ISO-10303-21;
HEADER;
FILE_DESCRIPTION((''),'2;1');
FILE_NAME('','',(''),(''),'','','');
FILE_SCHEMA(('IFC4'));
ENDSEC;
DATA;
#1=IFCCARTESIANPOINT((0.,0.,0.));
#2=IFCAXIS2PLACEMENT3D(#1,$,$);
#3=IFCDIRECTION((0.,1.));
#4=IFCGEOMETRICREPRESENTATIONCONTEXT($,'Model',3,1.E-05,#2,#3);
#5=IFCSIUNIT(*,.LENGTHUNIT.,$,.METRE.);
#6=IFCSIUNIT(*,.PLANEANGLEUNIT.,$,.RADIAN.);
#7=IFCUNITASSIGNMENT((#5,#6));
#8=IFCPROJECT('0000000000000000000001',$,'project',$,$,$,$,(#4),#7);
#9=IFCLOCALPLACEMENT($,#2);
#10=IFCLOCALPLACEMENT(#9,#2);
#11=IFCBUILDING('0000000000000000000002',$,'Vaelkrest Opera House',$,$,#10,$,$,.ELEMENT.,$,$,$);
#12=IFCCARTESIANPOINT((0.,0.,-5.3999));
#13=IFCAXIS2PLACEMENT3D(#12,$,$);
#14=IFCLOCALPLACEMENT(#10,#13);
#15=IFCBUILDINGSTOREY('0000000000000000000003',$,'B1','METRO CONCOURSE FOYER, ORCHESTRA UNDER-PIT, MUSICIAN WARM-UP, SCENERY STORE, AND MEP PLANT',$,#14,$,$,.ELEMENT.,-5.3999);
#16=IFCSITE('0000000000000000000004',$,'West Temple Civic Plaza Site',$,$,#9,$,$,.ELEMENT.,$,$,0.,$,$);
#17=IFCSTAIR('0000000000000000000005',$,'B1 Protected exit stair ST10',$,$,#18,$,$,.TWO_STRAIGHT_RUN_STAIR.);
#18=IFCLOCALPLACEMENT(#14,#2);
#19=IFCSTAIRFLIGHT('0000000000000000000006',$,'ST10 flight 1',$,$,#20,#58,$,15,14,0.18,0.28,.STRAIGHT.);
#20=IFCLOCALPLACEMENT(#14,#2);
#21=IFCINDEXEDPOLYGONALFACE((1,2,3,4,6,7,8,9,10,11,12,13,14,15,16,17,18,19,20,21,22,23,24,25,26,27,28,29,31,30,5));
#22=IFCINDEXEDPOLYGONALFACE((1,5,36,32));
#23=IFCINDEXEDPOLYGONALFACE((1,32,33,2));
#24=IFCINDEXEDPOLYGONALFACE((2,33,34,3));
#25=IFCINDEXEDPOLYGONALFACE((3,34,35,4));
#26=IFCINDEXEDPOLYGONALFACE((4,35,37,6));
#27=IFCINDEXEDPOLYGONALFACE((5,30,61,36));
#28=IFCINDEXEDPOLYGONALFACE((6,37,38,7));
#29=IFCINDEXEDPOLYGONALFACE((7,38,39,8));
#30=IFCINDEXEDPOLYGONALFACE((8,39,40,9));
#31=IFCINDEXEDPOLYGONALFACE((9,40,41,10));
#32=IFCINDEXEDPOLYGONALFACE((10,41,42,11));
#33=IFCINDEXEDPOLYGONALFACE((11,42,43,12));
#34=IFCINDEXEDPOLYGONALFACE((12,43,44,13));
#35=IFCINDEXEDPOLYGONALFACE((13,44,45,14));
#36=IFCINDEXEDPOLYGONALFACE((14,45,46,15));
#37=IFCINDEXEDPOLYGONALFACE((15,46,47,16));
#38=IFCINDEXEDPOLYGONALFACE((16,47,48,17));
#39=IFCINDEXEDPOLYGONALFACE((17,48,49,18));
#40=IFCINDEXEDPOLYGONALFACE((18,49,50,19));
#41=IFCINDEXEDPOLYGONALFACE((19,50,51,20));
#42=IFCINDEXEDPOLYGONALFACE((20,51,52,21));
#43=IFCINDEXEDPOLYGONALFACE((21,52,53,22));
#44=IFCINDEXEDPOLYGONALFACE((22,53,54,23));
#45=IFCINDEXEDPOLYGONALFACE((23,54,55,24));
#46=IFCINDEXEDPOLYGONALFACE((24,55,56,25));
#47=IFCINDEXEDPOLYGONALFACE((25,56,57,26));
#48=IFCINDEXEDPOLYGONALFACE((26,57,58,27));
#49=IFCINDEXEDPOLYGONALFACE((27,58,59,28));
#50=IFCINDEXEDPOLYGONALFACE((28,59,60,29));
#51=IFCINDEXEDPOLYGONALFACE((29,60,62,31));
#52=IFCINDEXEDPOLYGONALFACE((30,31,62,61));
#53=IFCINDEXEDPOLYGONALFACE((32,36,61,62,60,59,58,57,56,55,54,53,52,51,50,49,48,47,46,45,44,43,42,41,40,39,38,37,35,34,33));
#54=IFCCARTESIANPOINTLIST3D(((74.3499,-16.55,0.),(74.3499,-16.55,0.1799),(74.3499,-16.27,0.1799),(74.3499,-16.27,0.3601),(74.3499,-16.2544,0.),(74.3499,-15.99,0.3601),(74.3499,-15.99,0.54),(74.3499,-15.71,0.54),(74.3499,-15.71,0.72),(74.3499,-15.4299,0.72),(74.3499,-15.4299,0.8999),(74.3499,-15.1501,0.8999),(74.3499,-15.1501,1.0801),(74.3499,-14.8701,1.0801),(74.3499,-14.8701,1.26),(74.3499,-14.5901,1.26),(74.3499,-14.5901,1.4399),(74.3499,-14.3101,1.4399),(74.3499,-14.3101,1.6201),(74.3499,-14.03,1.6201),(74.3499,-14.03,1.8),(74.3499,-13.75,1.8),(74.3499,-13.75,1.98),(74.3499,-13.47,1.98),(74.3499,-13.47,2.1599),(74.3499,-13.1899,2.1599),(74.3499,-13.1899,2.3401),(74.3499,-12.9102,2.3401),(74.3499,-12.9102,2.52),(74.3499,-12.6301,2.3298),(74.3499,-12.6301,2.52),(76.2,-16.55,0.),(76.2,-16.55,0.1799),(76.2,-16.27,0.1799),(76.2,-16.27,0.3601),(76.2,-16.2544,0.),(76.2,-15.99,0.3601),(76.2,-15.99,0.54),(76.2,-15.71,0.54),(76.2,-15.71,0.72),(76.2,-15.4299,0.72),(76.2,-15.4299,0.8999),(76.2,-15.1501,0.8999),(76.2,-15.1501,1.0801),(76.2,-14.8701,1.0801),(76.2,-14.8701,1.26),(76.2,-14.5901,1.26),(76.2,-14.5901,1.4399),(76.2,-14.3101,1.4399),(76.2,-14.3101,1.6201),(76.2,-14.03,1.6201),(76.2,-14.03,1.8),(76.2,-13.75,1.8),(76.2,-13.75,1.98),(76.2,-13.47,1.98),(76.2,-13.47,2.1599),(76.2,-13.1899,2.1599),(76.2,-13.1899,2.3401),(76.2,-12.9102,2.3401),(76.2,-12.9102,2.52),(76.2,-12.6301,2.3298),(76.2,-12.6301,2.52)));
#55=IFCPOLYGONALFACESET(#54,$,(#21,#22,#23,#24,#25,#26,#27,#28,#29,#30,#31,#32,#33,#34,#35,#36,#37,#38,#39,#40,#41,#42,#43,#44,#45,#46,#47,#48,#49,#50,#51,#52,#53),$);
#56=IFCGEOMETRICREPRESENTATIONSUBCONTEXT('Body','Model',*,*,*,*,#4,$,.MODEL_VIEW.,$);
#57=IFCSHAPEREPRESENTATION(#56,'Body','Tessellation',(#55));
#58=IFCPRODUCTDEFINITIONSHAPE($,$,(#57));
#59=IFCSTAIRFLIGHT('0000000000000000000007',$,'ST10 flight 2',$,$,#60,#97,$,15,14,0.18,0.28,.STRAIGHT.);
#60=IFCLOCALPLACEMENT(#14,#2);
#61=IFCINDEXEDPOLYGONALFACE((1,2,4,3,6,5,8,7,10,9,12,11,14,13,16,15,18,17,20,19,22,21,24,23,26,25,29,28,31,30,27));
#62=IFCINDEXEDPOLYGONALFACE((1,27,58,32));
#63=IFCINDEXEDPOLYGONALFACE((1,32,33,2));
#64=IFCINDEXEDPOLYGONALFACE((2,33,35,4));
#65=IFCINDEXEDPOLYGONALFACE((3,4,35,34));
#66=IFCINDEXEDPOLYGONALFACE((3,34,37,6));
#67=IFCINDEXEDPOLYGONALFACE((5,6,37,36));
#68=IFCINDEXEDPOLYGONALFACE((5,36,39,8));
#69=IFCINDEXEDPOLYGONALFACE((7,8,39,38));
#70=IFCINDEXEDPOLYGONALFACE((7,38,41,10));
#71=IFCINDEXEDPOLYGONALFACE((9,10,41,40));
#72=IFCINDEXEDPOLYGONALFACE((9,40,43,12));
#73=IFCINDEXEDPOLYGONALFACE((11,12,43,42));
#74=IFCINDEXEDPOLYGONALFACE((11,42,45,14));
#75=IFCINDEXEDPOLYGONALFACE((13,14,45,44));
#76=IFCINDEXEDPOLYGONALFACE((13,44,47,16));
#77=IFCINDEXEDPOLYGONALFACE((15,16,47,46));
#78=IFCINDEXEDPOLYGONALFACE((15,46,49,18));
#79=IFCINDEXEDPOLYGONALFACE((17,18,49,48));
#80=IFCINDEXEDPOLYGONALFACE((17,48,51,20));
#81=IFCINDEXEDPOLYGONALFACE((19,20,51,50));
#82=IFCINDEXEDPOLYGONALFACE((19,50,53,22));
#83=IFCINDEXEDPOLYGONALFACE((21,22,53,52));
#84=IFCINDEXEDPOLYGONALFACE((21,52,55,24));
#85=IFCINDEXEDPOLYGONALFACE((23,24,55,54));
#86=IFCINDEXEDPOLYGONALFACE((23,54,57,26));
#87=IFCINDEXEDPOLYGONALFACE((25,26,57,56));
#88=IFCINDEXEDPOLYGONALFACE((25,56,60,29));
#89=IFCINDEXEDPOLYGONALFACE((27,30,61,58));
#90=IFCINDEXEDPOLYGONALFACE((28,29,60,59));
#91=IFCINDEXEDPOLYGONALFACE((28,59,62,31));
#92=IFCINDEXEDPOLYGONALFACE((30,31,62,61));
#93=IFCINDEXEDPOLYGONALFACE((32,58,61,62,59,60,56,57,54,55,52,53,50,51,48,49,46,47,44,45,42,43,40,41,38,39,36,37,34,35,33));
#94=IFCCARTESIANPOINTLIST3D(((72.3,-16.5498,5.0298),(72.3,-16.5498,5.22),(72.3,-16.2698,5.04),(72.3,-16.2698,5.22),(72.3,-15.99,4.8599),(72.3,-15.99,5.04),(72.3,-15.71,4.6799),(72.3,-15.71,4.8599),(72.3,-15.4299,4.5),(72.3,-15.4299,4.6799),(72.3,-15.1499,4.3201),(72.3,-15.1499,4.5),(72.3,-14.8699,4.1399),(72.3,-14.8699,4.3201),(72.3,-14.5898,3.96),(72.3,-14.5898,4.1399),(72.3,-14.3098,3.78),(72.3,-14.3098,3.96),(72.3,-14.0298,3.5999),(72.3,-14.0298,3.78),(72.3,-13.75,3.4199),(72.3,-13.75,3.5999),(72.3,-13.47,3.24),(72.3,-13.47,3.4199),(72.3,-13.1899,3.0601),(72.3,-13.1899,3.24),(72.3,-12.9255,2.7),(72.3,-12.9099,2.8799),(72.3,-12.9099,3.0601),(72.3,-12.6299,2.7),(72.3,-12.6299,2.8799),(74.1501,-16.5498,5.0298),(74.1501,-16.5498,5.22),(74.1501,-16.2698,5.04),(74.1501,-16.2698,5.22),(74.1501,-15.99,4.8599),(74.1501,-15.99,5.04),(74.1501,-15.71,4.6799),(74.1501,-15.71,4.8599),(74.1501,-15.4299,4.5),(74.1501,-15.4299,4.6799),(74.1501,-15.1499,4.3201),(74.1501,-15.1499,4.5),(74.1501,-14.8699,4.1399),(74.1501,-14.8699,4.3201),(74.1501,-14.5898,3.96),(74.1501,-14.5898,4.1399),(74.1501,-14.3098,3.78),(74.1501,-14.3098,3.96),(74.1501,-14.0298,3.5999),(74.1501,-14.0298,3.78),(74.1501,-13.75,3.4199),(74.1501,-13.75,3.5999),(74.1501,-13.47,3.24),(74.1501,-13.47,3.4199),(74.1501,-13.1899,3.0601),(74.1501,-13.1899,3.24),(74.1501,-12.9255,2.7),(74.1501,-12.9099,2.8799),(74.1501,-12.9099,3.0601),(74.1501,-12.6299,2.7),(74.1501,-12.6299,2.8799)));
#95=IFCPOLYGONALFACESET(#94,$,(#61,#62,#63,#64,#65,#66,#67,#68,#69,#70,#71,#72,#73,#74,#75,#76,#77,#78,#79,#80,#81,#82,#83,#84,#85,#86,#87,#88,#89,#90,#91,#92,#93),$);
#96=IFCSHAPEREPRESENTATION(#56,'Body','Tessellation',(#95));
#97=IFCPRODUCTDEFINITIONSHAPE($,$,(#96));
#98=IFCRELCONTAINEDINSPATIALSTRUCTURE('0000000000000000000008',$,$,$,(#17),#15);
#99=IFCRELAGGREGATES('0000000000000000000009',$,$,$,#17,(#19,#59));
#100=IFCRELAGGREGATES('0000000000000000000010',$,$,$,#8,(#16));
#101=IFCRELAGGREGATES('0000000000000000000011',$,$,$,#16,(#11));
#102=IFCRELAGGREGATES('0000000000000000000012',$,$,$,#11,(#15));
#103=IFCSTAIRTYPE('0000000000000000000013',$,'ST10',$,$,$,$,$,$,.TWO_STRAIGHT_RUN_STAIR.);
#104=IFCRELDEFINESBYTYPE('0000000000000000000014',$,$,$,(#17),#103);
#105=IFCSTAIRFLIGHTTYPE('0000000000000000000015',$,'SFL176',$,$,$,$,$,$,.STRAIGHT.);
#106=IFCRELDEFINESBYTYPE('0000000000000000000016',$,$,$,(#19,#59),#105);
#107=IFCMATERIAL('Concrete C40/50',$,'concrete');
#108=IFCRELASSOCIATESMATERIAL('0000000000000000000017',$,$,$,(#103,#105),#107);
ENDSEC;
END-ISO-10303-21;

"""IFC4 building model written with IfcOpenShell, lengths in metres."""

from ifc_helpers import new_model, si_unit, direction, frame, origin, place, context, subcontext, project, spatial, polyline, outline, extrude, material, type_object, element, aggregate, save


model = new_model("IFC4")

# Units and contexts
model_context = context("Model", 3, precision=1e-05, world=origin(), true_north=direction((0.0, 1.0)))
body_context = subcontext(model_context, "Body", "Model", "MODEL_VIEW")
ifc_project = project(units=[si_unit("LENGTHUNIT", "METRE"), si_unit("PLANEANGLEUNIT", "RADIAN")], contexts=[model_context])

# Site, building, storey
site_placement = place(None, origin())
site = spatial("IfcSite", under=ifc_project, at=site_placement, Name="West Temple Civic Plaza Site", CompositionType="ELEMENT", RefElevation=0.0)
building_placement = place(site_placement, origin())
building = spatial("IfcBuilding", under=site, at=building_placement, Name="Vaelkrest Opera House", CompositionType="ELEMENT")
storey_placement = place(building_placement, frame((0.0, 0.0, -5.3999)))
storey = spatial("IfcBuildingStorey", under=building, at=storey_placement, Name="B1", Description="METRO CONCOURSE FOYER, ORCHESTRA UNDER-PIT, MUSICIAN WARM-UP, SCENERY STORE, AND MEP PLANT", CompositionType="ELEMENT", Elevation=-5.3999)

# Shared definitions
ifc_material_1 = material(Name="Concrete C40/50", Category="concrete")

# Stair, stair flights
stair_type = type_object("IfcStairType", Name="ST10", PredefinedType="TWO_STRAIGHT_RUN_STAIR", material=ifc_material_1)
stair_placement = place(storey_placement, origin())
stair = element("IfcStair", 1, at=stair_placement, inside=storey, type_object=stair_type, Name="B1 Protected exit stair ST10", PredefinedType="TWO_STRAIGHT_RUN_STAIR")
stair_flight_type = type_object("IfcStairFlightType", Name="SFL176", PredefinedType="STRAIGHT", material=ifc_material_1)
stair_flight_1_placement = place(storey_placement, frame((75.2749, -16.55, 0.0), z_axis=(0.0, 0.0, 1.0), x_axis=(0.0, 1.0, 0.0)))
stair_flight_1 = element("IfcStairFlight", 2, at=stair_flight_1_placement, type_object=stair_flight_type, Name="ST10 flight 1", NumberOfRisers=15, NumberOfTreads=14, PredefinedType="STRAIGHT", RiserHeight=0.18, TreadLength=0.28, context=body_context, shape_type="SweptSolid", body=[
    extrude(outline(polyline([(0.0, 0.0), (0.0, 0.1799), (0.28, 0.1799), (0.28, 0.3601), (0.5601, 0.3601), (0.5601, 0.54), (0.8401, 0.54), (0.8401, 0.72), (1.1201, 0.72), (1.1201, 0.8999), (1.3999, 0.8999), (1.3999, 1.0801), (1.6799, 1.0801), (1.6799, 1.26), (1.96, 1.26), (1.96, 1.4399), (2.24, 1.4399), (2.24, 1.6201), (2.52, 1.6201), (2.52, 1.8), (2.8, 1.8), (2.8, 1.98), (3.0801, 1.98), (3.0801, 2.1599), (3.3601, 2.1599), (3.3601, 2.3401), (3.6399, 2.3401), (3.6399, 2.52), (3.9199, 2.52), (3.9199, 2.7), (3.9199, 2.3298), (0.2957, 0.0), (0.0, 0.0)])), frame((0.0, 0.925, 0.0), z_axis=(0.0, -1.0, 0.0), x_axis=(1.0, 0.0, 0.0)), (0.0, 0.0, 1.0), 1.8501),
])
stair_flight_2_placement = place(storey_placement, frame((73.2251, -12.6299, 2.7), z_axis=(0.0, 0.0, 1.0), x_axis=(0.0, -1.0, 0.0)))
stair_flight_2 = element("IfcStairFlight", 3, at=stair_flight_2_placement, type_object=stair_flight_type, Name="ST10 flight 2", NumberOfRisers=15, NumberOfTreads=14, PredefinedType="STRAIGHT", RiserHeight=0.18, TreadLength=0.28, context=body_context, shape_type="SweptSolid", body=[
    extrude(outline(polyline([(0.0, 0.0), (0.0, 0.1799), (0.28, 0.1799), (0.28, 0.3601), (0.5601, 0.3601), (0.5601, 0.54), (0.8401, 0.54), (0.8401, 0.72), (1.1201, 0.72), (1.1201, 0.8999), (1.3999, 0.8999), (1.3999, 1.0801), (1.6799, 1.0801), (1.6799, 1.26), (1.96, 1.26), (1.96, 1.4399), (2.24, 1.4399), (2.24, 1.6201), (2.52, 1.6201), (2.52, 1.8), (2.8, 1.8), (2.8, 1.98), (3.0801, 1.98), (3.0801, 2.1599), (3.3601, 2.1599), (3.3601, 2.3401), (3.6399, 2.3401), (3.6399, 2.52), (3.9199, 2.52), (3.9199, 2.7), (3.9199, 2.3298), (0.2957, 0.0), (0.0, 0.0)])), frame((0.0, 0.925, 0.0), z_axis=(0.0, -1.0, 0.0), x_axis=(1.0, 0.0, 0.0)), (0.0, 0.0, 1.0), 1.8501),
])
aggregate(stair, [stair_flight_1, stair_flight_2])

save(model, "model.ifc")
